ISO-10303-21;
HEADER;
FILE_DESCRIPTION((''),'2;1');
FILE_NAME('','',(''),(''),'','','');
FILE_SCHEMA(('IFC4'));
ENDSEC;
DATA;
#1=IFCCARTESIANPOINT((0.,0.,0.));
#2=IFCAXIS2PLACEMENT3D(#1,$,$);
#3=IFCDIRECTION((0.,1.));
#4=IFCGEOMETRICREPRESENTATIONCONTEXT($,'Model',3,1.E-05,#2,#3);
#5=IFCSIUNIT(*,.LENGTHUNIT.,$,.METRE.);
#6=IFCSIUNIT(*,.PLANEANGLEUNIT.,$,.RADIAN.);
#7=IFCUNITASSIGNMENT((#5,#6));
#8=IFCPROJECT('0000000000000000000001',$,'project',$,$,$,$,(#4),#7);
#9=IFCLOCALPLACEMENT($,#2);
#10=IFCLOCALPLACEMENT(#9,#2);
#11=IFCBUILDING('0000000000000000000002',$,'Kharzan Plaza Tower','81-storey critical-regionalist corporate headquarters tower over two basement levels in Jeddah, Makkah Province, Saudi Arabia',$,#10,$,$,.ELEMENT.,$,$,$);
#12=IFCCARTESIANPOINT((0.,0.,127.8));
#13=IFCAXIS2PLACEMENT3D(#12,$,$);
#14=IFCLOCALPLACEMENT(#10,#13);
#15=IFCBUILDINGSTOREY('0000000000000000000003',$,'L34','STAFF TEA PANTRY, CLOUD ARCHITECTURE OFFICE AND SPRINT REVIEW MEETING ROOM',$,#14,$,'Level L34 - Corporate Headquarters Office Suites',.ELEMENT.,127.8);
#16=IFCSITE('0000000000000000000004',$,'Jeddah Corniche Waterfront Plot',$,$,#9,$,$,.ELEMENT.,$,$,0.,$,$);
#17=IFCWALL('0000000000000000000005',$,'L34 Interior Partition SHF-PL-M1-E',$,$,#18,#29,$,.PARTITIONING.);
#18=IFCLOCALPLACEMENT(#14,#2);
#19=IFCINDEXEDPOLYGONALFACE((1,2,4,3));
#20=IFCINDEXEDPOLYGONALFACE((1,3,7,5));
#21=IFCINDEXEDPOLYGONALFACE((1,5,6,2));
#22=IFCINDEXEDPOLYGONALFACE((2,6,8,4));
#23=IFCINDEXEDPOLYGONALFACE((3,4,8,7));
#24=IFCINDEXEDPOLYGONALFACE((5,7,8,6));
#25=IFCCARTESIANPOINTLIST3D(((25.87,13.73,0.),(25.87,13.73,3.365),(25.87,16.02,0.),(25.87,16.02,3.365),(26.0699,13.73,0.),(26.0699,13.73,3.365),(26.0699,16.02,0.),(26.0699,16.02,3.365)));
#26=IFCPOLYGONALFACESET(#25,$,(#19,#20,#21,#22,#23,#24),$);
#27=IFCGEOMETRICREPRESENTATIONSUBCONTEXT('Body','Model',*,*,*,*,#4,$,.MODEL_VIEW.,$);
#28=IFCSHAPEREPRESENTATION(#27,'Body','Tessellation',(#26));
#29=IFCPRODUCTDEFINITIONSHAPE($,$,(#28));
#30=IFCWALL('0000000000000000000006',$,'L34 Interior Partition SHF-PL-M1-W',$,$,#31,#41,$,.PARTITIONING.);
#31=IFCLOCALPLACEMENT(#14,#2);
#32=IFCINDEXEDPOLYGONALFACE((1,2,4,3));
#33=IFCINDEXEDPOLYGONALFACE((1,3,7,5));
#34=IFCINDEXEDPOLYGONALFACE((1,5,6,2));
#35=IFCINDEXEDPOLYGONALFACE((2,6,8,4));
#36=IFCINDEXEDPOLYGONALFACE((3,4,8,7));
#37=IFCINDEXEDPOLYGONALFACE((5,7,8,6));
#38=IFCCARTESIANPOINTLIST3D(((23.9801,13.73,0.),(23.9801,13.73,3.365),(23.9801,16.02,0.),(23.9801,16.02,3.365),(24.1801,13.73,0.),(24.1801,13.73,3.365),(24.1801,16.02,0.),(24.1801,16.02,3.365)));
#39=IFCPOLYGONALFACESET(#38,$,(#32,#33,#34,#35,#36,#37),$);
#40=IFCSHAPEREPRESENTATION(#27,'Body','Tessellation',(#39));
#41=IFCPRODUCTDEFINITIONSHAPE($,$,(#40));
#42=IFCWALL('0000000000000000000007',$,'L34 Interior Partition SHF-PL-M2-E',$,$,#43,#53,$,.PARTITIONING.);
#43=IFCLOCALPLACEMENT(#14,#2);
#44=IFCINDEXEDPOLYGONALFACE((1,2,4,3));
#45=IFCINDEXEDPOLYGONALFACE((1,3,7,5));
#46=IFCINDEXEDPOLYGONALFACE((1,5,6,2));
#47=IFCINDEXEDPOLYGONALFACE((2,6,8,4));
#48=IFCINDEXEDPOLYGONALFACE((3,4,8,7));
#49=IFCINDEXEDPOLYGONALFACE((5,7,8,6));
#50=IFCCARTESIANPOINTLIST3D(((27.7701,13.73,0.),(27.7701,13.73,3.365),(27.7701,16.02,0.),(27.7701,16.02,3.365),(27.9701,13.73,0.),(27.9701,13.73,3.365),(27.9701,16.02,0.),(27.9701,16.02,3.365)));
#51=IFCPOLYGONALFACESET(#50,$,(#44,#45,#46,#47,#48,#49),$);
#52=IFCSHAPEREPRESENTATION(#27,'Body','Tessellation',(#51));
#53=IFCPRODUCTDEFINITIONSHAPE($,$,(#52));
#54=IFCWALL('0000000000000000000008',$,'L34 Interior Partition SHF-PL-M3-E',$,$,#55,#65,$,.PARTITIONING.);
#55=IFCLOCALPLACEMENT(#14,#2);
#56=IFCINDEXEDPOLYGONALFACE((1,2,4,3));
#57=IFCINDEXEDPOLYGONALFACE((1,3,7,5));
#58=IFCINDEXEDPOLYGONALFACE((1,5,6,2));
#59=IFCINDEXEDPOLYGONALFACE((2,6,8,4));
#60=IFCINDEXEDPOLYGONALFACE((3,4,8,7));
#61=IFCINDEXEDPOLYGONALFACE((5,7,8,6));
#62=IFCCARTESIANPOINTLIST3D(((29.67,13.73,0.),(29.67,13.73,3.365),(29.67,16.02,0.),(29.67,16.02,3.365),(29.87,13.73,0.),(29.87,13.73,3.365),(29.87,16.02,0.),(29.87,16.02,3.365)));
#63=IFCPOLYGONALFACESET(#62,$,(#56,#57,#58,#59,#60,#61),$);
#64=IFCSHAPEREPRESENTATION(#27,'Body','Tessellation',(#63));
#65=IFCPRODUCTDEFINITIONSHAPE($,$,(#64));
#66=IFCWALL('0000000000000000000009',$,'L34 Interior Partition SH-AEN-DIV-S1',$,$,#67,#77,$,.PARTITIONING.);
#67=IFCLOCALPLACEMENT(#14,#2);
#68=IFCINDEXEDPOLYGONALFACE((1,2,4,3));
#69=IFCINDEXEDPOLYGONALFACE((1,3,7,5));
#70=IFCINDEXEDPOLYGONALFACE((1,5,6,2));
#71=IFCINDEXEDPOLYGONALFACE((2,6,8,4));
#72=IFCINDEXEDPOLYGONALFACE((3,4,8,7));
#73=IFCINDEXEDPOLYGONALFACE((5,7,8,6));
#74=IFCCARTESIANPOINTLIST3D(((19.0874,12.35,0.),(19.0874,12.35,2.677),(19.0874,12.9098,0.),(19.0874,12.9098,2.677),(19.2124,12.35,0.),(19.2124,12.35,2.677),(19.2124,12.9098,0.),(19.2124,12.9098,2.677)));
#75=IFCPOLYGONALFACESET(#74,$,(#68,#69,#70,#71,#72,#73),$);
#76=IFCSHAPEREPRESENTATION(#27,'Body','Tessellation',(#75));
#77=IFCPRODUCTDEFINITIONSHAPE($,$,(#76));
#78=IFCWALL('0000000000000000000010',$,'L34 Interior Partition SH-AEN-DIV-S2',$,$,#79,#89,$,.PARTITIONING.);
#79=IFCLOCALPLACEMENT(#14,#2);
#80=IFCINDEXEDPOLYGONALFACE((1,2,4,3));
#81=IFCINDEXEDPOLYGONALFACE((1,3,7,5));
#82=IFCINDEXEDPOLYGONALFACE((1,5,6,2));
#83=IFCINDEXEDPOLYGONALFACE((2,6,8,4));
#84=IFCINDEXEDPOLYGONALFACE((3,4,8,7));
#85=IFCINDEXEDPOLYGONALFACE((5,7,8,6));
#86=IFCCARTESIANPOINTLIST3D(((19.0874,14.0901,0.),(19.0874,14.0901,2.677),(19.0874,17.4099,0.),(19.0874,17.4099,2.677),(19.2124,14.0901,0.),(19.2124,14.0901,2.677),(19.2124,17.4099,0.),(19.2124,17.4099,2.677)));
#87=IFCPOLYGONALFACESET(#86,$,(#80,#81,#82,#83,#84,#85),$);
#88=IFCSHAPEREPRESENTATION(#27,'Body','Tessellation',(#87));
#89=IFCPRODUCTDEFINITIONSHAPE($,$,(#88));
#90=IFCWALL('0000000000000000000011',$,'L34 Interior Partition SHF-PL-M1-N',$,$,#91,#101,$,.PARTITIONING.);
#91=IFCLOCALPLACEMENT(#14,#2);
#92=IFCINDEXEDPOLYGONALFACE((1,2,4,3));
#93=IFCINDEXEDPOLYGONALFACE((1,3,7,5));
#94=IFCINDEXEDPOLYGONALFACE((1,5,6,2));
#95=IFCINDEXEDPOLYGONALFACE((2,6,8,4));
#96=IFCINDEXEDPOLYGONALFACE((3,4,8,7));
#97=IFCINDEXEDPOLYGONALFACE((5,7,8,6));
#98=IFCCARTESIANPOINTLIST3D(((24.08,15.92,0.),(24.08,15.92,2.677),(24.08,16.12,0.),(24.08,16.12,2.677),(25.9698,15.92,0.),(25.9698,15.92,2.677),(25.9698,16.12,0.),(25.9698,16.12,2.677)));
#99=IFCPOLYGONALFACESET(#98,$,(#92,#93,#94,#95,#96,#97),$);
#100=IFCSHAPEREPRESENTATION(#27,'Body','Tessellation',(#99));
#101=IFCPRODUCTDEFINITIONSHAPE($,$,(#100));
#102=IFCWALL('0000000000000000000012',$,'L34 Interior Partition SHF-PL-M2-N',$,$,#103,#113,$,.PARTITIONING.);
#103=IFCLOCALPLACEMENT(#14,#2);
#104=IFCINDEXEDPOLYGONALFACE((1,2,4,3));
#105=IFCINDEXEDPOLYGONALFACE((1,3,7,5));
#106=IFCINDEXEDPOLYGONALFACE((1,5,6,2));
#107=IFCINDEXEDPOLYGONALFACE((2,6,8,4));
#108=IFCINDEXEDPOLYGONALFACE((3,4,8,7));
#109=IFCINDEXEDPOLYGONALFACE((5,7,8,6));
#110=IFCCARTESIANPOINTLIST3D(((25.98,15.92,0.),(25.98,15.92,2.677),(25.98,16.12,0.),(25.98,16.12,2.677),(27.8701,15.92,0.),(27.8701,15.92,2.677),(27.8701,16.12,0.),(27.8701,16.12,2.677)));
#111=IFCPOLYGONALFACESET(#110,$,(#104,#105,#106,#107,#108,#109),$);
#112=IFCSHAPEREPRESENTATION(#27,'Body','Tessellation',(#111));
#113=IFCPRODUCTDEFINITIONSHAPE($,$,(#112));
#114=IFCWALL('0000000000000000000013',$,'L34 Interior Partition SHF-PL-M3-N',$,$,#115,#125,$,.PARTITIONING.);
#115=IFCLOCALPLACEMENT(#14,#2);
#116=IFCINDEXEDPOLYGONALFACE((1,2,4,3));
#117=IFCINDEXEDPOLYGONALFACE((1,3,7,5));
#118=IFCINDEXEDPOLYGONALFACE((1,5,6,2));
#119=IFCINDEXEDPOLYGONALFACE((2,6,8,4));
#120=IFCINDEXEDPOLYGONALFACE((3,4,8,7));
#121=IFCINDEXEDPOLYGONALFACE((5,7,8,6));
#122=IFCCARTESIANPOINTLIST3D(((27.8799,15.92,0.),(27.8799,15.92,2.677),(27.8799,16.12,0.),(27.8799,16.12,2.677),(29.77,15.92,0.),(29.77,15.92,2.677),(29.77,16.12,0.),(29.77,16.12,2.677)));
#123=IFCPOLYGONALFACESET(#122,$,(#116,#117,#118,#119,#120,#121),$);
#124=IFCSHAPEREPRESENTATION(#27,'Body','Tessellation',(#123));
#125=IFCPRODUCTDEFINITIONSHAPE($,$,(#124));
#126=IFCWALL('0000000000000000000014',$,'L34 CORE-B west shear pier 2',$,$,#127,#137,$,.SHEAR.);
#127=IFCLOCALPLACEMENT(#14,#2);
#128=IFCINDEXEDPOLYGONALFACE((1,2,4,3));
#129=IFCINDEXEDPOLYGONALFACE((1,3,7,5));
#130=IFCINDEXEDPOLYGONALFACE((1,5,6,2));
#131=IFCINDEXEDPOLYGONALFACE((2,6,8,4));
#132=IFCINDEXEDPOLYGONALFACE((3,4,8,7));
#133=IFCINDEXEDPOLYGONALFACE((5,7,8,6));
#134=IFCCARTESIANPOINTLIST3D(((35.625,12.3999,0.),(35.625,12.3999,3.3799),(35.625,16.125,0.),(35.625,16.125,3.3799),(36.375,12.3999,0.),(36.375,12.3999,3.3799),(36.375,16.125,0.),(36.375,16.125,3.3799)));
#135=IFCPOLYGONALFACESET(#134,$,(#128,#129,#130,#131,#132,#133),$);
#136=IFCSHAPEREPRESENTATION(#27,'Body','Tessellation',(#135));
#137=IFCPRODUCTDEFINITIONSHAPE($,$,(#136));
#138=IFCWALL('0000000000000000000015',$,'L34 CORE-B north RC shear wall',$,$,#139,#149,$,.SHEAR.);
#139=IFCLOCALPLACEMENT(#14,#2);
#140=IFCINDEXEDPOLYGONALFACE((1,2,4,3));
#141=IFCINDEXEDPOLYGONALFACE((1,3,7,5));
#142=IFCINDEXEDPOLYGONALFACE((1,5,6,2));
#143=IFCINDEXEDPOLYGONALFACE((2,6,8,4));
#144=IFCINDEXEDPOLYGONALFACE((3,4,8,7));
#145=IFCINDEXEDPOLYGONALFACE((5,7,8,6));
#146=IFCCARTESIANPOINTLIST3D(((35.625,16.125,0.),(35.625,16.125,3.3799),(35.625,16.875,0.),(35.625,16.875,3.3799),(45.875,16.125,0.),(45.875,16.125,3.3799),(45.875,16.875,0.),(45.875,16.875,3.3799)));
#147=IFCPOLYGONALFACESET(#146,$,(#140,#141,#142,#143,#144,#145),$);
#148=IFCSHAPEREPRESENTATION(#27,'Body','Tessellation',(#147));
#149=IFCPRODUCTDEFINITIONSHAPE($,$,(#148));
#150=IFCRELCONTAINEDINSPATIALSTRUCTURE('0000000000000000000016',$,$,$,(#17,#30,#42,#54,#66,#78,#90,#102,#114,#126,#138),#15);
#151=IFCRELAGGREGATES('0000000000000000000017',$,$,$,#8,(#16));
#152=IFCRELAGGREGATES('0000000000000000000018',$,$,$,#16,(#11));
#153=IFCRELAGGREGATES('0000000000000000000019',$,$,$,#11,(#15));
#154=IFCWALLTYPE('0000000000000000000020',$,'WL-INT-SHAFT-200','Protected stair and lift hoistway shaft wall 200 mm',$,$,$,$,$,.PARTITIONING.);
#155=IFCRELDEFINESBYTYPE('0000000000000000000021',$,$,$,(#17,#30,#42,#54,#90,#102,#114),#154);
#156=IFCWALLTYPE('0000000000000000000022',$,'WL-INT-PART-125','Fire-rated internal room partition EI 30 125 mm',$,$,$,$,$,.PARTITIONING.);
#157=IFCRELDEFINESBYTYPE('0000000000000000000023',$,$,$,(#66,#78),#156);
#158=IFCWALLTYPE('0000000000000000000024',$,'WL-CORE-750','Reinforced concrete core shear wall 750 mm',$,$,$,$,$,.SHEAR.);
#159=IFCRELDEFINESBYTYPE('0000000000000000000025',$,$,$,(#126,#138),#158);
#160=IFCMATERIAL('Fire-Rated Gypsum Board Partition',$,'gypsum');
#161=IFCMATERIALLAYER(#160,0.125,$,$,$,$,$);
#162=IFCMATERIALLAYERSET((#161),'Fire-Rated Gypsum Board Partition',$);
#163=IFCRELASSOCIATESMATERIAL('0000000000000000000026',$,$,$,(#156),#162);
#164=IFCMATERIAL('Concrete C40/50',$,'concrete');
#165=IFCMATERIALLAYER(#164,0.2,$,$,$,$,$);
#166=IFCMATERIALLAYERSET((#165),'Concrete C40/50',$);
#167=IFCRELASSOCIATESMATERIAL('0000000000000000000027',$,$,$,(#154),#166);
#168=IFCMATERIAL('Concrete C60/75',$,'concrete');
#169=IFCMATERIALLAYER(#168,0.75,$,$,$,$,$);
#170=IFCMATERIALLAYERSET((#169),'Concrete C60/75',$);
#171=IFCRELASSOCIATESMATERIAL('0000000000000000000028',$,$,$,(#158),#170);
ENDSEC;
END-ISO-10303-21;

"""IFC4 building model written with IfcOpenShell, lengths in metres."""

from ifc_helpers import new_model, si_unit, direction, frame, frame_2d, origin, place, context, subcontext, project, spatial, rectangle, extrude, source, transform, mapped, material, layer, layer_set, type_object, element, save


model = new_model("IFC4")

# Units and contexts
model_context = context("Model", 3, precision=1e-05, world=origin(), true_north=direction((0.0, 1.0)))
body_context = subcontext(model_context, "Body", "Model", "MODEL_VIEW")
ifc_project = project(units=[si_unit("LENGTHUNIT", "METRE"), si_unit("PLANEANGLEUNIT", "RADIAN")], contexts=[model_context])

# Site, building, storey
site_placement = place(None, origin())
site = spatial("IfcSite", under=ifc_project, at=site_placement, Name="Jeddah Corniche Waterfront Plot", CompositionType="ELEMENT", RefElevation=0.0)
building_placement = place(site_placement, origin())
building = spatial("IfcBuilding", under=site, at=building_placement, Name="Kharzan Plaza Tower", Description="81-storey critical-regionalist corporate headquarters tower over two basement levels in Jeddah, Makkah Province, Saudi Arabia", CompositionType="ELEMENT")
storey_placement = place(building_placement, frame((0.0, 0.0, 127.8)))
storey = spatial("IfcBuildingStorey", under=building, at=storey_placement, Name="L34", Description="STAFF TEA PANTRY, CLOUD ARCHITECTURE OFFICE AND SPRINT REVIEW MEETING ROOM", LongName="Level L34 - Corporate Headquarters Office Suites", CompositionType="ELEMENT", Elevation=127.8)

# Shared definitions
ifc_material_1 = material(Name="Concrete C60/75", Category="concrete")

# Shared definitions
ifc_material_2 = material(Name="Fire-Rated Gypsum Board Partition", Category="gypsum")
ifc_layer_1 = layer(ifc_material_2, 0.125)
ifc_layer_set_1 = layer_set([ifc_layer_1], Name="Fire-Rated Gypsum Board Partition")
wall_type_1 = type_object("IfcWallType", Name="WL-INT-PART-125", Description="Fire-rated internal room partition EI 30 125 mm", PredefinedType="PARTITIONING", material=ifc_layer_set_1)
ifc_material_3 = material(Name="Concrete C40/50", Category="concrete")
ifc_layer_2 = layer(ifc_material_3, 0.2)
ifc_layer_set_2 = layer_set([ifc_layer_2], Name="Concrete C40/50")
wall_type_2 = type_object("IfcWallType", Name="WL-INT-SHAFT-200", Description="Protected stair and lift hoistway shaft wall 200 mm", PredefinedType="PARTITIONING", material=ifc_layer_set_2)

# Walls
shared_shape_1 = source(origin(), body_context, "Body", "SweptSolid", [
    extrude(rectangle(XDim=2.29, YDim=0.2, at=frame_2d((1.145, 0.0))), origin(), (0.0, 0.0, 1.0), 3.365),
])
for number, where, z_axis, x_axis, name in (
    (1, (25.97, 13.73, 0.0), (0.0, 0.0, 1.0), (0.0, 1.0, 0.0), "L34 Interior Partition SHF-PL-M1-E"),
    (2, (24.0801, 13.73, 0.0), (0.0, 0.0, 1.0), (0.0, 1.0, 0.0), "L34 Interior Partition SHF-PL-M1-W"),
    (3, (27.8701, 13.73, 0.0), (0.0, 0.0, 1.0), (0.0, 1.0, 0.0), "L34 Interior Partition SHF-PL-M2-E"),
    (4, (29.77, 13.73, 0.0), (0.0, 0.0, 1.0), (0.0, 1.0, 0.0), "L34 Interior Partition SHF-PL-M3-E"),
):
    element("IfcWall", number, at=place(storey_placement, frame(where, z_axis=z_axis, x_axis=x_axis)), inside=storey, type_object=wall_type_2, Name=name, PredefinedType="PARTITIONING", context=body_context, shape_type="MappedRepresentation", body=[
        mapped(shared_shape_1, transform((0.0, 0.0, 0.0), x_axis=(1.0, 0.0, 0.0), y_axis=(0.0, 1.0, 0.0), z_axis=(0.0, 0.0, 1.0))),
    ])
shared_shape_2 = source(origin(), body_context, "Body", "SweptSolid", [
    extrude(rectangle(XDim=0.5598, YDim=0.125, at=frame_2d((0.2798, 0.0))), origin(), (0.0, 0.0, 1.0), 2.677),
])
wall_1_placement = place(storey_placement, frame((19.1499, 12.3501, 0.0), z_axis=(0.0, 0.0, 1.0), x_axis=(0.0, 1.0, 0.0)))
element("IfcWall", 5, at=wall_1_placement, inside=storey, type_object=wall_type_1, Name="L34 Interior Partition SH-AEN-DIV-S1", PredefinedType="PARTITIONING", context=body_context, shape_type="MappedRepresentation", body=[
    mapped(shared_shape_2, transform((0.0, 0.0, 0.0), x_axis=(1.0, 0.0, 0.0), y_axis=(0.0, 1.0, 0.0), z_axis=(0.0, 0.0, 1.0))),
])
shared_shape_3 = source(origin(), body_context, "Body", "SweptSolid", [
    extrude(rectangle(XDim=3.3198, YDim=0.125, at=frame_2d((1.6599, 0.0))), origin(), (0.0, 0.0, 1.0), 2.677),
])
wall_2_placement = place(storey_placement, frame((19.1499, 14.0901, 0.0), z_axis=(0.0, 0.0, 1.0), x_axis=(0.0, 1.0, 0.0)))
element("IfcWall", 6, at=wall_2_placement, inside=storey, type_object=wall_type_1, Name="L34 Interior Partition SH-AEN-DIV-S2", PredefinedType="PARTITIONING", context=body_context, shape_type="MappedRepresentation", body=[
    mapped(shared_shape_3, transform((0.0, 0.0, 0.0), x_axis=(1.0, 0.0, 0.0), y_axis=(0.0, 1.0, 0.0), z_axis=(0.0, 0.0, 1.0))),
])
shared_shape_4 = source(origin(), body_context, "Body", "SweptSolid", [
    extrude(rectangle(XDim=1.8899, YDim=0.2, at=frame_2d((0.9448, 0.0))), origin(), (0.0, 0.0, 1.0), 2.677),
])
wall_3_placement = place(storey_placement, frame((24.0801, 16.02, 0.0), z_axis=(0.0, 0.0, 1.0), x_axis=(1.0, 0.0, 0.0)))
element("IfcWall", 7, at=wall_3_placement, inside=storey, type_object=wall_type_2, Name="L34 Interior Partition SHF-PL-M1-N", PredefinedType="PARTITIONING", context=body_context, shape_type="MappedRepresentation", body=[
    mapped(shared_shape_4, transform((0.0, 0.0, 0.0), x_axis=(1.0, 0.0, 0.0), y_axis=(0.0, 1.0, 0.0), z_axis=(0.0, 0.0, 1.0))),
])
shared_shape_5 = source(origin(), body_context, "Body", "SweptSolid", [
    extrude(rectangle(XDim=1.8901, YDim=0.2, at=frame_2d((0.9451, 0.0))), origin(), (0.0, 0.0, 1.0), 2.677),
])
for number, where, z_axis, x_axis, name in (
    (8, (25.98, 16.02, 0.0), (0.0, 0.0, 1.0), (1.0, 0.0, 0.0), "L34 Interior Partition SHF-PL-M2-N"),
    (9, (27.8799, 16.02, 0.0), (0.0, 0.0, 1.0), (1.0, 0.0, 0.0), "L34 Interior Partition SHF-PL-M3-N"),
):
    element("IfcWall", number, at=place(storey_placement, frame(where, z_axis=z_axis, x_axis=x_axis)), inside=storey, type_object=wall_type_2, Name=name, PredefinedType="PARTITIONING", context=body_context, shape_type="MappedRepresentation", body=[
        mapped(shared_shape_5, transform((0.0, 0.0, 0.0), x_axis=(1.0, 0.0, 0.0), y_axis=(0.0, 1.0, 0.0), z_axis=(0.0, 0.0, 1.0))),
    ])
ifc_layer_3 = layer(ifc_material_1, 0.75)
ifc_layer_set_3 = layer_set([ifc_layer_3], Name="Concrete C60/75")
wall_type_3 = type_object("IfcWallType", Name="WL-CORE-750", Description="Reinforced concrete core shear wall 750 mm", PredefinedType="SHEAR", material=ifc_layer_set_3)
shared_shape_6 = source(origin(), body_context, "Body", "SweptSolid", [
    extrude(rectangle(XDim=3.7251, YDim=0.75, at=frame_2d((1.8625, 0.0))), origin(), (0.0, 0.0, 1.0), 3.3799),
])
wall_4_placement = place(storey_placement, frame((36.0, 12.3999, 0.0), z_axis=(0.0, 0.0, 1.0), x_axis=(0.0, 1.0, 0.0)))
element("IfcWall", 10, at=wall_4_placement, inside=storey, type_object=wall_type_3, Name="L34 CORE-B west shear pier 2", PredefinedType="SHEAR", context=body_context, shape_type="MappedRepresentation", body=[
    mapped(shared_shape_6, transform((0.0, 0.0, 0.0), x_axis=(1.0, 0.0, 0.0), y_axis=(0.0, 1.0, 0.0), z_axis=(0.0, 0.0, 1.0))),
])
shared_shape_7 = source(origin(), body_context, "Body", "SweptSolid", [
    extrude(rectangle(XDim=10.25, YDim=0.75, at=frame_2d((5.125, 0.0))), origin(), (0.0, 0.0, 1.0), 3.3799),
])
wall_5_placement = place(storey_placement, frame((35.625, 16.5, 0.0), z_axis=(0.0, 0.0, 1.0), x_axis=(1.0, 0.0, 0.0)))
element("IfcWall", 11, at=wall_5_placement, inside=storey, type_object=wall_type_3, Name="L34 CORE-B north RC shear wall", PredefinedType="SHEAR", context=body_context, shape_type="MappedRepresentation", body=[
    mapped(shared_shape_7, transform((0.0, 0.0, 0.0), x_axis=(1.0, 0.0, 0.0), y_axis=(0.0, 1.0, 0.0), z_axis=(0.0, 0.0, 1.0))),
])

save(model, "model.ifc")
